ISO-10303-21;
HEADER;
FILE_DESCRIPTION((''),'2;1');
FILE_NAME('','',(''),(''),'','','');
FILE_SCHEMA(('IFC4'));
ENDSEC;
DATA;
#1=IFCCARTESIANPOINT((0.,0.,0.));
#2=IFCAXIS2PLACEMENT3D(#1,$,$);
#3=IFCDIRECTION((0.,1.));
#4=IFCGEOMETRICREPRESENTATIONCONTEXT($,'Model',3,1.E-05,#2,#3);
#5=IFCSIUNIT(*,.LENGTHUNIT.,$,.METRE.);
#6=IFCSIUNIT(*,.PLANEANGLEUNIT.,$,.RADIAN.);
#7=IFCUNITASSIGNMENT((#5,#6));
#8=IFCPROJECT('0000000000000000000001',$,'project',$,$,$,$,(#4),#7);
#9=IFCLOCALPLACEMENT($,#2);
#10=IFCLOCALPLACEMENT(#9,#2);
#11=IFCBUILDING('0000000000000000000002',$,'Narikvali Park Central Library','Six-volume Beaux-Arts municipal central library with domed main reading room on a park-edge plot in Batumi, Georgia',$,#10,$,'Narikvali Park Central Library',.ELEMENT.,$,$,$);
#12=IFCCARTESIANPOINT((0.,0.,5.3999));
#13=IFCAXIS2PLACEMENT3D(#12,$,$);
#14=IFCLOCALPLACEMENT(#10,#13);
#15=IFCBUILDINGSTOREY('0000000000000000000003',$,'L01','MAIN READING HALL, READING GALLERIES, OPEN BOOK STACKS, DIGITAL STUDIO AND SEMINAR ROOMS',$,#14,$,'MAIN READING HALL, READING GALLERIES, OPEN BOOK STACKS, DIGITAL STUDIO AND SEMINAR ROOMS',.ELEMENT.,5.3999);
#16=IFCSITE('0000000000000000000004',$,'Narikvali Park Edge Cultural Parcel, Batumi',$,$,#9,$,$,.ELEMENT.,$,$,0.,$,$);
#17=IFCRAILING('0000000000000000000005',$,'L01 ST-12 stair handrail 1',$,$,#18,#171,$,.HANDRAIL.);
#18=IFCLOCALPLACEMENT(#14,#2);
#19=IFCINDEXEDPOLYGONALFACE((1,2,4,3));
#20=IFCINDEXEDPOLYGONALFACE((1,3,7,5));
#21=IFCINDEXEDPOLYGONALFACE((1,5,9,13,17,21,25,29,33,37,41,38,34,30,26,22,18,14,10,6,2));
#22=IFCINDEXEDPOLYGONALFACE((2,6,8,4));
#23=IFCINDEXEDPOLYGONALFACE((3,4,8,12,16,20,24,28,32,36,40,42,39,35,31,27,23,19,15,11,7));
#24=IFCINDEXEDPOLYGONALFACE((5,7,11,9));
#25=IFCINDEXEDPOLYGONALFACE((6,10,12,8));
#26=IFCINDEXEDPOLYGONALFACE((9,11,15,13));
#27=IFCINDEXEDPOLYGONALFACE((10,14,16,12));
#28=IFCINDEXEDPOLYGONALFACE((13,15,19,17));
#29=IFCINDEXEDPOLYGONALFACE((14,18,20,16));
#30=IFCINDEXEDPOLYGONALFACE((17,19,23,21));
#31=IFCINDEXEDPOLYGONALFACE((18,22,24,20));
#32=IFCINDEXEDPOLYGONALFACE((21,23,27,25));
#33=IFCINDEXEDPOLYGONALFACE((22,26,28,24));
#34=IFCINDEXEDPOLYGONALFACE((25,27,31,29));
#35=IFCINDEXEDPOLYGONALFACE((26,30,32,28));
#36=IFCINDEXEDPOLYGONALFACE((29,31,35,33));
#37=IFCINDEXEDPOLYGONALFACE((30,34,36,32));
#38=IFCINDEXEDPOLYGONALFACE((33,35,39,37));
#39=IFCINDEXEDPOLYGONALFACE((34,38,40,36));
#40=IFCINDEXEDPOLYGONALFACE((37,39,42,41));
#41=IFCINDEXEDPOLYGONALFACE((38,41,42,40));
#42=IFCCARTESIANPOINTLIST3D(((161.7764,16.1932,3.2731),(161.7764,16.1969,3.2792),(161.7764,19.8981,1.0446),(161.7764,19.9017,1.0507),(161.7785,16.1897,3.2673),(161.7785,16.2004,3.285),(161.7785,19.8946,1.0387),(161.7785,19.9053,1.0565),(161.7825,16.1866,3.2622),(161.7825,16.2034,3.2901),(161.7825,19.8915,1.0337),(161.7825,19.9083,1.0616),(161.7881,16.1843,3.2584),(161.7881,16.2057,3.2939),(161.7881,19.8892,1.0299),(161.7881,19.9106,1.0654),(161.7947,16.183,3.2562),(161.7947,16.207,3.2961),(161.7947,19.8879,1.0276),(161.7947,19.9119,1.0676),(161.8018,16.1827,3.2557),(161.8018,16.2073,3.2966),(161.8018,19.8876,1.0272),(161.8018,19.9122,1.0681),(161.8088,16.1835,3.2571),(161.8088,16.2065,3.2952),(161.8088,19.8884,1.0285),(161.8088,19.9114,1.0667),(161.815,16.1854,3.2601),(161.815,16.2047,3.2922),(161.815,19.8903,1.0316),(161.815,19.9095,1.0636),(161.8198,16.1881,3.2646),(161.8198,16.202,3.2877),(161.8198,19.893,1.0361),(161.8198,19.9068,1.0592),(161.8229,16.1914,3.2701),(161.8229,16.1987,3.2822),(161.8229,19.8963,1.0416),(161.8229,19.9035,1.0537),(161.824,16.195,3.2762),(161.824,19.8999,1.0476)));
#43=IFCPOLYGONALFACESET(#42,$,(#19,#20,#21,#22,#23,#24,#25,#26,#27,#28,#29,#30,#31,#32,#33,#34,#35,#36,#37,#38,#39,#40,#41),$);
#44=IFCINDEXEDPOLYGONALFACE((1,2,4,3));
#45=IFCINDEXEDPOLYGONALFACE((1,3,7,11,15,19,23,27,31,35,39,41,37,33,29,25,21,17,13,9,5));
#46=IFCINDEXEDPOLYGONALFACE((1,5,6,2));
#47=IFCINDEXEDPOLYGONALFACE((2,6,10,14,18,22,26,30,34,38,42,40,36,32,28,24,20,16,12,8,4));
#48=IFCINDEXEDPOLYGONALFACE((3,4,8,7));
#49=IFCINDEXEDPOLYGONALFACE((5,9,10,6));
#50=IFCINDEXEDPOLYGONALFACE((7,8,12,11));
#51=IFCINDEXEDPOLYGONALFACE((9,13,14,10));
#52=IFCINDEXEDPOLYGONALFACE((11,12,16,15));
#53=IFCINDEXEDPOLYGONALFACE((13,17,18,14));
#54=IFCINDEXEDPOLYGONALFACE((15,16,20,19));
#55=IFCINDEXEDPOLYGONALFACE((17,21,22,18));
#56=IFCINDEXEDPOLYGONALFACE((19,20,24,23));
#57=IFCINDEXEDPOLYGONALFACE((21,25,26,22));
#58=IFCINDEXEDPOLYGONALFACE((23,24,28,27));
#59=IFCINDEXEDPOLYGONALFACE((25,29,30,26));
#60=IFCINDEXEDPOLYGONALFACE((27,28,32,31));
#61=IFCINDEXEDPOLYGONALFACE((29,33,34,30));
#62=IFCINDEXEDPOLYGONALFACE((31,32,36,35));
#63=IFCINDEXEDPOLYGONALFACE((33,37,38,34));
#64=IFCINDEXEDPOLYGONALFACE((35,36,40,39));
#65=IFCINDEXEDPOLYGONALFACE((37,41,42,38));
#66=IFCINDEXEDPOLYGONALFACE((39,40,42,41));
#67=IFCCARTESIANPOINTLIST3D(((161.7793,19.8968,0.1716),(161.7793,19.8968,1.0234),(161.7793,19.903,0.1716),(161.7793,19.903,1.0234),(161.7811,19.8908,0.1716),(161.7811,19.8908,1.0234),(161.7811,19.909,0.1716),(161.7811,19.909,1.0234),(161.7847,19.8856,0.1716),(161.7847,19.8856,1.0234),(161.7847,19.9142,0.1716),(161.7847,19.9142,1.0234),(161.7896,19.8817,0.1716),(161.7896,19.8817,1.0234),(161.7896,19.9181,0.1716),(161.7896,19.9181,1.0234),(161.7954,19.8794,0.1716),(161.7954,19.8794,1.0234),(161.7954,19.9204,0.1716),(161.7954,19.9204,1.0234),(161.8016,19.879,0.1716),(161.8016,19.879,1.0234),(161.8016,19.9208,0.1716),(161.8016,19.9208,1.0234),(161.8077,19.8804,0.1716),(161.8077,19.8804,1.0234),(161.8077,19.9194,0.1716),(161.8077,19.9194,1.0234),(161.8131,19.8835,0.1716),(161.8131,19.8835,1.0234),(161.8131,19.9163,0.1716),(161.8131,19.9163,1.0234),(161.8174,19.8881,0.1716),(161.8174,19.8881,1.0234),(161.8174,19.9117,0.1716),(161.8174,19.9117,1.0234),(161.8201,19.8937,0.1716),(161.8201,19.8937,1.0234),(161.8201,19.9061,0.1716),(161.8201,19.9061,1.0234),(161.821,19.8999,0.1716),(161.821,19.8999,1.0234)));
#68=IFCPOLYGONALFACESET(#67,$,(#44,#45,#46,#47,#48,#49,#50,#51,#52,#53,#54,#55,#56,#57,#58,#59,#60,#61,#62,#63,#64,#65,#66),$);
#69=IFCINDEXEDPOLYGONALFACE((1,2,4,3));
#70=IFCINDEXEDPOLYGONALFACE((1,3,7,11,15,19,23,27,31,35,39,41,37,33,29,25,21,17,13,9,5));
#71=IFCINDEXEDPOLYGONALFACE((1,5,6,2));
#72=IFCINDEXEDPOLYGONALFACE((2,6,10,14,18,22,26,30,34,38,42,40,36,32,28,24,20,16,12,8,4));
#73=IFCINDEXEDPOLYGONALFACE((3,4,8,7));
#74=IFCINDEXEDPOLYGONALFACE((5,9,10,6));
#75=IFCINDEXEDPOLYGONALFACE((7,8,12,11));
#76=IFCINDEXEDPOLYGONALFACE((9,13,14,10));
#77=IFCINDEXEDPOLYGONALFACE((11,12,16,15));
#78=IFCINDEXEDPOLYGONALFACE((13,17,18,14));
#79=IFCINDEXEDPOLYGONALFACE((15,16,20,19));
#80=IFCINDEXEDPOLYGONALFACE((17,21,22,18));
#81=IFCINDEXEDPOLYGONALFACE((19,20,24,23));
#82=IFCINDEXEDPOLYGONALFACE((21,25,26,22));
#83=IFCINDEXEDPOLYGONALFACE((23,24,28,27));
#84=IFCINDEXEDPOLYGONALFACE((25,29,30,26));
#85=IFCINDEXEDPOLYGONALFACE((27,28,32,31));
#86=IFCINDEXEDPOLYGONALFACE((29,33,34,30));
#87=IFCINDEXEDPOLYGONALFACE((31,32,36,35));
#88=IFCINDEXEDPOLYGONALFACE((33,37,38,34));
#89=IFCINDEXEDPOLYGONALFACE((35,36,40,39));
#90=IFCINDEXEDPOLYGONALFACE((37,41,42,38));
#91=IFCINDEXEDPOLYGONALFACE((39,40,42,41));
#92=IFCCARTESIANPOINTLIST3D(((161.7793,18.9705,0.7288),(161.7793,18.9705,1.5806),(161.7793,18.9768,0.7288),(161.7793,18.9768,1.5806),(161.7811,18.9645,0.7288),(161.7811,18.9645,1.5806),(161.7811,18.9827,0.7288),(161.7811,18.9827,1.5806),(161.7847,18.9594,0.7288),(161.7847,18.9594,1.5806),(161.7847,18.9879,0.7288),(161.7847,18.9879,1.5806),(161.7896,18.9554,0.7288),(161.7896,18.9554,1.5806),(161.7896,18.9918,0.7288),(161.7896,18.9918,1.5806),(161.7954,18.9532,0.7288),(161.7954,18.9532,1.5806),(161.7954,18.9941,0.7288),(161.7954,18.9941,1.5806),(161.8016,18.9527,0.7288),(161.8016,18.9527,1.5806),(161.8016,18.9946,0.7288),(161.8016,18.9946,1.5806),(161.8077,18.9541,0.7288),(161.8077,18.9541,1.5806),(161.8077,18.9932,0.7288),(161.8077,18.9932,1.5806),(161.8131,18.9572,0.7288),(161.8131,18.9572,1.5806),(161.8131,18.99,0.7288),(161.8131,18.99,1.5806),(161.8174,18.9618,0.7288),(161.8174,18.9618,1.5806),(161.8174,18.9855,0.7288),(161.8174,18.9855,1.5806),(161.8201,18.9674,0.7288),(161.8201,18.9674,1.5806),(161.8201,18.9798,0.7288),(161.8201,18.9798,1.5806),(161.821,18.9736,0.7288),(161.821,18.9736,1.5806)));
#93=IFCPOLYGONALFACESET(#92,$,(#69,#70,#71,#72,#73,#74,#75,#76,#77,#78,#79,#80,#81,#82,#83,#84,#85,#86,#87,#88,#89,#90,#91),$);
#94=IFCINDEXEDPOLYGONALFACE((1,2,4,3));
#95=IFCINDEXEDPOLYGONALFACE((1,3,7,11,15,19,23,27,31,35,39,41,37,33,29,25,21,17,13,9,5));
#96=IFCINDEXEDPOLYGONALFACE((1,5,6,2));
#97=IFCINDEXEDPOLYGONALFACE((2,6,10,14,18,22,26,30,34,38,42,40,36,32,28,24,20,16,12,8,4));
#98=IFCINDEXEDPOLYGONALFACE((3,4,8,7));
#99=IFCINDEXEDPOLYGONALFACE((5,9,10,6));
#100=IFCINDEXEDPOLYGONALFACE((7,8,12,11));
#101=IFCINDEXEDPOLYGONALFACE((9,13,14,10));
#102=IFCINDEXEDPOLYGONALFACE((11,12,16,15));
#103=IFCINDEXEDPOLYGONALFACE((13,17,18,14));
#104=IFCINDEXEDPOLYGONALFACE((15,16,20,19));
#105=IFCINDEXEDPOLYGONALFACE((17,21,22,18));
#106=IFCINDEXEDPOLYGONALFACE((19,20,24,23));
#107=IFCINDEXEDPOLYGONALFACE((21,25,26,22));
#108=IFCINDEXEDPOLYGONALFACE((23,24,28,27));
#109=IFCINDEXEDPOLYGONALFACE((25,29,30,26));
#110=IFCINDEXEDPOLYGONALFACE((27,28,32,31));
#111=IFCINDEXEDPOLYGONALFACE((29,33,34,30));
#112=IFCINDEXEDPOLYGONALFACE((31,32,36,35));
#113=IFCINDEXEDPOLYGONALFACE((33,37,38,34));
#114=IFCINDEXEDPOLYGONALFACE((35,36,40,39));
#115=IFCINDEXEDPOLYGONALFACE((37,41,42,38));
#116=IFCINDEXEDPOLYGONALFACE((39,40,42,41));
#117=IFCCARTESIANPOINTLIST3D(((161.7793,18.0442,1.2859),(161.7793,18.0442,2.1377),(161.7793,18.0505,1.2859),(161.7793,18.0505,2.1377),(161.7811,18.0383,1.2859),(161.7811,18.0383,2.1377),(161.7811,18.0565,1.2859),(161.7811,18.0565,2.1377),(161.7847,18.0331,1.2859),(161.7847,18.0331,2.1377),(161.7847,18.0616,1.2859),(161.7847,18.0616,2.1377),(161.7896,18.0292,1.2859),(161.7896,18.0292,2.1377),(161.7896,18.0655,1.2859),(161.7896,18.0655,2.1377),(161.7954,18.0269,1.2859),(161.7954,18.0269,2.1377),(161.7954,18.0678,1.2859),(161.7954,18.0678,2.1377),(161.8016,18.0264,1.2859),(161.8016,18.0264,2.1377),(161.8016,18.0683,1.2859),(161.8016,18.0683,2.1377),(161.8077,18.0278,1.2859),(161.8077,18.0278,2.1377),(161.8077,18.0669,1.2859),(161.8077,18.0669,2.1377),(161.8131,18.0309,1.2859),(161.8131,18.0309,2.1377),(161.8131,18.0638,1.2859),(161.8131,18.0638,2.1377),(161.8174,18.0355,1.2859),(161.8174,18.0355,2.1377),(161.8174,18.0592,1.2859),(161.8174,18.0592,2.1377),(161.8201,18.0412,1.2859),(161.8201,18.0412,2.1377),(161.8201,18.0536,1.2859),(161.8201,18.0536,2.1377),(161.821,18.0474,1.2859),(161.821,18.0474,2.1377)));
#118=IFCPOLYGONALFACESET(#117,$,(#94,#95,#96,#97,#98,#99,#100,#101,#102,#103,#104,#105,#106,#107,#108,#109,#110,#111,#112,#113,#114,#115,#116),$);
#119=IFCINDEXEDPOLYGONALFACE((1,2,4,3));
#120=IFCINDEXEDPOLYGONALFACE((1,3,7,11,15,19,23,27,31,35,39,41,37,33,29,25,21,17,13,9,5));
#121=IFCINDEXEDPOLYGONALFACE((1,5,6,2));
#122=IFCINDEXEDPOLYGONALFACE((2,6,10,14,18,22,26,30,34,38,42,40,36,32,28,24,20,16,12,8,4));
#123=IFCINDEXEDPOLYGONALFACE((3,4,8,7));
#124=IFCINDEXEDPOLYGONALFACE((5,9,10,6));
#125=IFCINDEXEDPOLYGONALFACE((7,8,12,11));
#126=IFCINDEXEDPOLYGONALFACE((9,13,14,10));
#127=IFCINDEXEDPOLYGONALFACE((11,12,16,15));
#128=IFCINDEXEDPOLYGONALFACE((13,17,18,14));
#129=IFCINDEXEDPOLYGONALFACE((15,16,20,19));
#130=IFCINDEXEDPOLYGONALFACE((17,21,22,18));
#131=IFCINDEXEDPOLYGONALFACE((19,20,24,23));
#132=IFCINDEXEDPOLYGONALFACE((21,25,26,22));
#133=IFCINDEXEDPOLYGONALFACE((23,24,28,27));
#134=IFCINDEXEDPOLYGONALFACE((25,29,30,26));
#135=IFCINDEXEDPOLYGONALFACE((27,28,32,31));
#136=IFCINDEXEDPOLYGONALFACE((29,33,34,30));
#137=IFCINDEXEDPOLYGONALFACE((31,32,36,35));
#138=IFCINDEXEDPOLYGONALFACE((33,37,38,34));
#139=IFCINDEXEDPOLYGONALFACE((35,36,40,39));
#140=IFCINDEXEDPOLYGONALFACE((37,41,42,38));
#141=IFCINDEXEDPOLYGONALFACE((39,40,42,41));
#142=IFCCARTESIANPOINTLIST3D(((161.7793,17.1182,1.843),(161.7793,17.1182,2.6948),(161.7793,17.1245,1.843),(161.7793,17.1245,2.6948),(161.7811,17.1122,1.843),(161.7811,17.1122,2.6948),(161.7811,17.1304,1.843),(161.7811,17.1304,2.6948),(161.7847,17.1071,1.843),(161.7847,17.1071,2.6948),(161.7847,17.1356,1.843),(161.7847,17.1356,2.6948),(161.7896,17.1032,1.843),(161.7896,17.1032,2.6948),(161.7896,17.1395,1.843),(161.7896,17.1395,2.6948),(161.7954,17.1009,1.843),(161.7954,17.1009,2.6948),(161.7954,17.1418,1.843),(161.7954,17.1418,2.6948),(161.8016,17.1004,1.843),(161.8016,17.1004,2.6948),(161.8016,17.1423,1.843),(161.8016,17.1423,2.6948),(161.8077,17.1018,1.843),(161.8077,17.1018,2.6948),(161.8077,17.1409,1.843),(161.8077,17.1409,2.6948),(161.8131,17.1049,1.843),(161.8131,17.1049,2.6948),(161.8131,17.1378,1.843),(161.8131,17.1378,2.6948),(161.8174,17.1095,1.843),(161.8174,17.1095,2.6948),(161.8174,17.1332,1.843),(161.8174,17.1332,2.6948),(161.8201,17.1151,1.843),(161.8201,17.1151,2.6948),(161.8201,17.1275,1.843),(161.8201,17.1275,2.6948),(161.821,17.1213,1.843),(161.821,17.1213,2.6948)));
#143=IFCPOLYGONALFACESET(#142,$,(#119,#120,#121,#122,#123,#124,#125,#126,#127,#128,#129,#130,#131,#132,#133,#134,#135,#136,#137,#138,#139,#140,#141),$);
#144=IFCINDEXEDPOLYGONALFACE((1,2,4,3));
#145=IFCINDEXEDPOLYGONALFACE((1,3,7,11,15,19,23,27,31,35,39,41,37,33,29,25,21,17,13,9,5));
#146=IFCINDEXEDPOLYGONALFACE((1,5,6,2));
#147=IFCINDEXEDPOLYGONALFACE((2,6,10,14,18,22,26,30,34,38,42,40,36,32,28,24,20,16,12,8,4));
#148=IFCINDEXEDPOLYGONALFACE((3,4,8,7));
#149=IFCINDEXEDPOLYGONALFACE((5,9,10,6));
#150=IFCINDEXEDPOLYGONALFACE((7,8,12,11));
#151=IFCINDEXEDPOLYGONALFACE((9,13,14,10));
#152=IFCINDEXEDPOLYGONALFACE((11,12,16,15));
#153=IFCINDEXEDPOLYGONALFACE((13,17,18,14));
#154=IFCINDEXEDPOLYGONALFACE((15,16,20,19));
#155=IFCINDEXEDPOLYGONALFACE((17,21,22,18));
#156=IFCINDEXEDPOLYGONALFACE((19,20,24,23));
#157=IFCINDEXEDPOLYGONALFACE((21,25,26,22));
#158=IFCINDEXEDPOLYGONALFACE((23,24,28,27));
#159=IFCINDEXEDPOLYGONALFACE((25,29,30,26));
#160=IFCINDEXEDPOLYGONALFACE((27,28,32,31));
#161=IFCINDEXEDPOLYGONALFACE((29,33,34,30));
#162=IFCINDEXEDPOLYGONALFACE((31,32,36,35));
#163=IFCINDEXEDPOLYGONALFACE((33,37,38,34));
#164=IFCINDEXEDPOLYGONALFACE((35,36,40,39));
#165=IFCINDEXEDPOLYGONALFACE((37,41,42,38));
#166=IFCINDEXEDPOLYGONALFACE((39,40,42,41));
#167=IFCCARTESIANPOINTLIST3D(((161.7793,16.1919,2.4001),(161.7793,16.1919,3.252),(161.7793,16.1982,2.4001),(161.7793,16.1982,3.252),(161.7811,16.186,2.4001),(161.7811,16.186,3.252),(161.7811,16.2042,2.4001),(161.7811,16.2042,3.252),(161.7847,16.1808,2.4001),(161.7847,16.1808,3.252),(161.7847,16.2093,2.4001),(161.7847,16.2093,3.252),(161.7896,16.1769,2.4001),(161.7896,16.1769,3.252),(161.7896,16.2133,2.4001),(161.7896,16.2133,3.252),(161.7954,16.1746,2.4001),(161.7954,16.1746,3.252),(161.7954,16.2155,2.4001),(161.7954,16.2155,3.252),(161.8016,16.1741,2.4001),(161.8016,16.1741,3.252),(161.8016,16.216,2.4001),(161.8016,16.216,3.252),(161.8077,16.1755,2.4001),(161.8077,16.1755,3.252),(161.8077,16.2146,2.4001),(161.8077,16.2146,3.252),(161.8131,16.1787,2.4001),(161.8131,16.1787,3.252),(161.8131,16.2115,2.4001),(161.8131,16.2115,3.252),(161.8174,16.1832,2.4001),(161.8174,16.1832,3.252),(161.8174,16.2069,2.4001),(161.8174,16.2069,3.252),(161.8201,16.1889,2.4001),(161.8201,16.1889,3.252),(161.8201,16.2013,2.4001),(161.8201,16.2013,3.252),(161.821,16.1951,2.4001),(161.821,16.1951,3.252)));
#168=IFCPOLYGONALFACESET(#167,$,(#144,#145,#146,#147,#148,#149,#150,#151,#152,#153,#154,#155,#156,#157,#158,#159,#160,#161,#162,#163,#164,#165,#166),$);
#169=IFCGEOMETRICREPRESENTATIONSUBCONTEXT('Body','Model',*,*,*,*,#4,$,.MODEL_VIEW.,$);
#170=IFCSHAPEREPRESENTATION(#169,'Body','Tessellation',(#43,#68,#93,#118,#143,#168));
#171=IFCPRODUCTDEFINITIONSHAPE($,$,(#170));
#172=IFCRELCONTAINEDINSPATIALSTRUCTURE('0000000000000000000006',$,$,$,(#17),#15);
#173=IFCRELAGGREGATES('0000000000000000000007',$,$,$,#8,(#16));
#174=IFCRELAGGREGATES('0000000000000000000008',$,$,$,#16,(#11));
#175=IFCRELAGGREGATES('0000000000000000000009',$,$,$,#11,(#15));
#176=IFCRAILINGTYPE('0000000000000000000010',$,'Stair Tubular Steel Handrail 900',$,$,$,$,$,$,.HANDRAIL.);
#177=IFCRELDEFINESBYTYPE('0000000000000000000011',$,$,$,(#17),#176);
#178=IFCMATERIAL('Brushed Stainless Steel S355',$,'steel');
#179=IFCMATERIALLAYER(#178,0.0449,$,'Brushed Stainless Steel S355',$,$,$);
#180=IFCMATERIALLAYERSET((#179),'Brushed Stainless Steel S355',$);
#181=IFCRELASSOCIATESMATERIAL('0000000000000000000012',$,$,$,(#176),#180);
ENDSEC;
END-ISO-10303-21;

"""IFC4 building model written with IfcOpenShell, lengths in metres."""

from ifc_helpers import new_model, si_unit, direction, frame, origin, origin_2d, place, context, subcontext, project, spatial, circle, extrude, material, layer, layer_set, type_object, element, save


model = new_model("IFC4")

# Units and contexts
model_context = context("Model", 3, precision=1e-05, world=origin(), true_north=direction((0.0, 1.0)))
body_context = subcontext(model_context, "Body", "Model", "MODEL_VIEW")
ifc_project = project(units=[si_unit("LENGTHUNIT", "METRE"), si_unit("PLANEANGLEUNIT", "RADIAN")], contexts=[model_context])

# Site, building, storey
site_placement = place(None, origin())
site = spatial("IfcSite", under=ifc_project, at=site_placement, Name="Narikvali Park Edge Cultural Parcel, Batumi", CompositionType="ELEMENT", RefElevation=0.0)
building_placement = place(site_placement, origin())
building = spatial("IfcBuilding", under=site, at=building_placement, Name="Narikvali Park Central Library", Description="Six-volume Beaux-Arts municipal central library with domed main reading room on a park-edge plot in Batumi, Georgia", LongName="Narikvali Park Central Library", CompositionType="ELEMENT")
storey_placement = place(building_placement, frame((0.0, 0.0, 5.3999)))
storey = spatial("IfcBuildingStorey", under=building, at=storey_placement, Name="L01", Description="MAIN READING HALL, READING GALLERIES, OPEN BOOK STACKS, DIGITAL STUDIO AND SEMINAR ROOMS", LongName="MAIN READING HALL, READING GALLERIES, OPEN BOOK STACKS, DIGITAL STUDIO AND SEMINAR ROOMS", CompositionType="ELEMENT", Elevation=5.3999)

# Railing
ifc_material_1 = material(Name="Brushed Stainless Steel S355", Category="steel")
ifc_layer_1 = layer(ifc_material_1, 0.0449, Name="Brushed Stainless Steel S355")
ifc_layer_set_1 = layer_set([ifc_layer_1], Name="Brushed Stainless Steel S355")
railing_type_1 = type_object("IfcRailingType", Name="Stair Tubular Steel Handrail 900", PredefinedType="HANDRAIL", material=ifc_layer_set_1)
railing_1_placement = place(storey_placement, frame((161.8, 19.8999, 0.1716)))
element("IfcRailing", 1, at=railing_1_placement, inside=storey, type_object=railing_type_1, Name="L01 ST-12 stair handrail 1", PredefinedType="HANDRAIL", context=body_context, shape_type="SweptSolid", body=[
    extrude(circle(Radius=0.0239, at=origin_2d()), frame((0.0, 0.0, 0.876), z_axis=(0.0, -0.856919, 0.51545), x_axis=(1.0, 0.0, 0.0)), (0.0, 0.0, 1.0), 4.3235),
    extrude(circle(Radius=0.021, at=origin_2d()), origin(), (0.0, 0.0, 1.0), 0.8518),
    extrude(circle(Radius=0.021, at=origin_2d()), frame((0.0, -0.9263, 0.5571)), (0.0, 0.0, 1.0), 0.8518),
    extrude(circle(Radius=0.021, at=origin_2d()), frame((0.0, -1.8525, 1.1143)), (0.0, 0.0, 1.0), 0.8518),
    extrude(circle(Radius=0.021, at=origin_2d()), frame((0.0, -2.7786, 1.6714)), (0.0, 0.0, 1.0), 0.8518),
    extrude(circle(Radius=0.021, at=origin_2d()), frame((0.0, -3.7048, 2.2285)), (0.0, 0.0, 1.0), 0.8518),
])

save(model, "model.ifc")
